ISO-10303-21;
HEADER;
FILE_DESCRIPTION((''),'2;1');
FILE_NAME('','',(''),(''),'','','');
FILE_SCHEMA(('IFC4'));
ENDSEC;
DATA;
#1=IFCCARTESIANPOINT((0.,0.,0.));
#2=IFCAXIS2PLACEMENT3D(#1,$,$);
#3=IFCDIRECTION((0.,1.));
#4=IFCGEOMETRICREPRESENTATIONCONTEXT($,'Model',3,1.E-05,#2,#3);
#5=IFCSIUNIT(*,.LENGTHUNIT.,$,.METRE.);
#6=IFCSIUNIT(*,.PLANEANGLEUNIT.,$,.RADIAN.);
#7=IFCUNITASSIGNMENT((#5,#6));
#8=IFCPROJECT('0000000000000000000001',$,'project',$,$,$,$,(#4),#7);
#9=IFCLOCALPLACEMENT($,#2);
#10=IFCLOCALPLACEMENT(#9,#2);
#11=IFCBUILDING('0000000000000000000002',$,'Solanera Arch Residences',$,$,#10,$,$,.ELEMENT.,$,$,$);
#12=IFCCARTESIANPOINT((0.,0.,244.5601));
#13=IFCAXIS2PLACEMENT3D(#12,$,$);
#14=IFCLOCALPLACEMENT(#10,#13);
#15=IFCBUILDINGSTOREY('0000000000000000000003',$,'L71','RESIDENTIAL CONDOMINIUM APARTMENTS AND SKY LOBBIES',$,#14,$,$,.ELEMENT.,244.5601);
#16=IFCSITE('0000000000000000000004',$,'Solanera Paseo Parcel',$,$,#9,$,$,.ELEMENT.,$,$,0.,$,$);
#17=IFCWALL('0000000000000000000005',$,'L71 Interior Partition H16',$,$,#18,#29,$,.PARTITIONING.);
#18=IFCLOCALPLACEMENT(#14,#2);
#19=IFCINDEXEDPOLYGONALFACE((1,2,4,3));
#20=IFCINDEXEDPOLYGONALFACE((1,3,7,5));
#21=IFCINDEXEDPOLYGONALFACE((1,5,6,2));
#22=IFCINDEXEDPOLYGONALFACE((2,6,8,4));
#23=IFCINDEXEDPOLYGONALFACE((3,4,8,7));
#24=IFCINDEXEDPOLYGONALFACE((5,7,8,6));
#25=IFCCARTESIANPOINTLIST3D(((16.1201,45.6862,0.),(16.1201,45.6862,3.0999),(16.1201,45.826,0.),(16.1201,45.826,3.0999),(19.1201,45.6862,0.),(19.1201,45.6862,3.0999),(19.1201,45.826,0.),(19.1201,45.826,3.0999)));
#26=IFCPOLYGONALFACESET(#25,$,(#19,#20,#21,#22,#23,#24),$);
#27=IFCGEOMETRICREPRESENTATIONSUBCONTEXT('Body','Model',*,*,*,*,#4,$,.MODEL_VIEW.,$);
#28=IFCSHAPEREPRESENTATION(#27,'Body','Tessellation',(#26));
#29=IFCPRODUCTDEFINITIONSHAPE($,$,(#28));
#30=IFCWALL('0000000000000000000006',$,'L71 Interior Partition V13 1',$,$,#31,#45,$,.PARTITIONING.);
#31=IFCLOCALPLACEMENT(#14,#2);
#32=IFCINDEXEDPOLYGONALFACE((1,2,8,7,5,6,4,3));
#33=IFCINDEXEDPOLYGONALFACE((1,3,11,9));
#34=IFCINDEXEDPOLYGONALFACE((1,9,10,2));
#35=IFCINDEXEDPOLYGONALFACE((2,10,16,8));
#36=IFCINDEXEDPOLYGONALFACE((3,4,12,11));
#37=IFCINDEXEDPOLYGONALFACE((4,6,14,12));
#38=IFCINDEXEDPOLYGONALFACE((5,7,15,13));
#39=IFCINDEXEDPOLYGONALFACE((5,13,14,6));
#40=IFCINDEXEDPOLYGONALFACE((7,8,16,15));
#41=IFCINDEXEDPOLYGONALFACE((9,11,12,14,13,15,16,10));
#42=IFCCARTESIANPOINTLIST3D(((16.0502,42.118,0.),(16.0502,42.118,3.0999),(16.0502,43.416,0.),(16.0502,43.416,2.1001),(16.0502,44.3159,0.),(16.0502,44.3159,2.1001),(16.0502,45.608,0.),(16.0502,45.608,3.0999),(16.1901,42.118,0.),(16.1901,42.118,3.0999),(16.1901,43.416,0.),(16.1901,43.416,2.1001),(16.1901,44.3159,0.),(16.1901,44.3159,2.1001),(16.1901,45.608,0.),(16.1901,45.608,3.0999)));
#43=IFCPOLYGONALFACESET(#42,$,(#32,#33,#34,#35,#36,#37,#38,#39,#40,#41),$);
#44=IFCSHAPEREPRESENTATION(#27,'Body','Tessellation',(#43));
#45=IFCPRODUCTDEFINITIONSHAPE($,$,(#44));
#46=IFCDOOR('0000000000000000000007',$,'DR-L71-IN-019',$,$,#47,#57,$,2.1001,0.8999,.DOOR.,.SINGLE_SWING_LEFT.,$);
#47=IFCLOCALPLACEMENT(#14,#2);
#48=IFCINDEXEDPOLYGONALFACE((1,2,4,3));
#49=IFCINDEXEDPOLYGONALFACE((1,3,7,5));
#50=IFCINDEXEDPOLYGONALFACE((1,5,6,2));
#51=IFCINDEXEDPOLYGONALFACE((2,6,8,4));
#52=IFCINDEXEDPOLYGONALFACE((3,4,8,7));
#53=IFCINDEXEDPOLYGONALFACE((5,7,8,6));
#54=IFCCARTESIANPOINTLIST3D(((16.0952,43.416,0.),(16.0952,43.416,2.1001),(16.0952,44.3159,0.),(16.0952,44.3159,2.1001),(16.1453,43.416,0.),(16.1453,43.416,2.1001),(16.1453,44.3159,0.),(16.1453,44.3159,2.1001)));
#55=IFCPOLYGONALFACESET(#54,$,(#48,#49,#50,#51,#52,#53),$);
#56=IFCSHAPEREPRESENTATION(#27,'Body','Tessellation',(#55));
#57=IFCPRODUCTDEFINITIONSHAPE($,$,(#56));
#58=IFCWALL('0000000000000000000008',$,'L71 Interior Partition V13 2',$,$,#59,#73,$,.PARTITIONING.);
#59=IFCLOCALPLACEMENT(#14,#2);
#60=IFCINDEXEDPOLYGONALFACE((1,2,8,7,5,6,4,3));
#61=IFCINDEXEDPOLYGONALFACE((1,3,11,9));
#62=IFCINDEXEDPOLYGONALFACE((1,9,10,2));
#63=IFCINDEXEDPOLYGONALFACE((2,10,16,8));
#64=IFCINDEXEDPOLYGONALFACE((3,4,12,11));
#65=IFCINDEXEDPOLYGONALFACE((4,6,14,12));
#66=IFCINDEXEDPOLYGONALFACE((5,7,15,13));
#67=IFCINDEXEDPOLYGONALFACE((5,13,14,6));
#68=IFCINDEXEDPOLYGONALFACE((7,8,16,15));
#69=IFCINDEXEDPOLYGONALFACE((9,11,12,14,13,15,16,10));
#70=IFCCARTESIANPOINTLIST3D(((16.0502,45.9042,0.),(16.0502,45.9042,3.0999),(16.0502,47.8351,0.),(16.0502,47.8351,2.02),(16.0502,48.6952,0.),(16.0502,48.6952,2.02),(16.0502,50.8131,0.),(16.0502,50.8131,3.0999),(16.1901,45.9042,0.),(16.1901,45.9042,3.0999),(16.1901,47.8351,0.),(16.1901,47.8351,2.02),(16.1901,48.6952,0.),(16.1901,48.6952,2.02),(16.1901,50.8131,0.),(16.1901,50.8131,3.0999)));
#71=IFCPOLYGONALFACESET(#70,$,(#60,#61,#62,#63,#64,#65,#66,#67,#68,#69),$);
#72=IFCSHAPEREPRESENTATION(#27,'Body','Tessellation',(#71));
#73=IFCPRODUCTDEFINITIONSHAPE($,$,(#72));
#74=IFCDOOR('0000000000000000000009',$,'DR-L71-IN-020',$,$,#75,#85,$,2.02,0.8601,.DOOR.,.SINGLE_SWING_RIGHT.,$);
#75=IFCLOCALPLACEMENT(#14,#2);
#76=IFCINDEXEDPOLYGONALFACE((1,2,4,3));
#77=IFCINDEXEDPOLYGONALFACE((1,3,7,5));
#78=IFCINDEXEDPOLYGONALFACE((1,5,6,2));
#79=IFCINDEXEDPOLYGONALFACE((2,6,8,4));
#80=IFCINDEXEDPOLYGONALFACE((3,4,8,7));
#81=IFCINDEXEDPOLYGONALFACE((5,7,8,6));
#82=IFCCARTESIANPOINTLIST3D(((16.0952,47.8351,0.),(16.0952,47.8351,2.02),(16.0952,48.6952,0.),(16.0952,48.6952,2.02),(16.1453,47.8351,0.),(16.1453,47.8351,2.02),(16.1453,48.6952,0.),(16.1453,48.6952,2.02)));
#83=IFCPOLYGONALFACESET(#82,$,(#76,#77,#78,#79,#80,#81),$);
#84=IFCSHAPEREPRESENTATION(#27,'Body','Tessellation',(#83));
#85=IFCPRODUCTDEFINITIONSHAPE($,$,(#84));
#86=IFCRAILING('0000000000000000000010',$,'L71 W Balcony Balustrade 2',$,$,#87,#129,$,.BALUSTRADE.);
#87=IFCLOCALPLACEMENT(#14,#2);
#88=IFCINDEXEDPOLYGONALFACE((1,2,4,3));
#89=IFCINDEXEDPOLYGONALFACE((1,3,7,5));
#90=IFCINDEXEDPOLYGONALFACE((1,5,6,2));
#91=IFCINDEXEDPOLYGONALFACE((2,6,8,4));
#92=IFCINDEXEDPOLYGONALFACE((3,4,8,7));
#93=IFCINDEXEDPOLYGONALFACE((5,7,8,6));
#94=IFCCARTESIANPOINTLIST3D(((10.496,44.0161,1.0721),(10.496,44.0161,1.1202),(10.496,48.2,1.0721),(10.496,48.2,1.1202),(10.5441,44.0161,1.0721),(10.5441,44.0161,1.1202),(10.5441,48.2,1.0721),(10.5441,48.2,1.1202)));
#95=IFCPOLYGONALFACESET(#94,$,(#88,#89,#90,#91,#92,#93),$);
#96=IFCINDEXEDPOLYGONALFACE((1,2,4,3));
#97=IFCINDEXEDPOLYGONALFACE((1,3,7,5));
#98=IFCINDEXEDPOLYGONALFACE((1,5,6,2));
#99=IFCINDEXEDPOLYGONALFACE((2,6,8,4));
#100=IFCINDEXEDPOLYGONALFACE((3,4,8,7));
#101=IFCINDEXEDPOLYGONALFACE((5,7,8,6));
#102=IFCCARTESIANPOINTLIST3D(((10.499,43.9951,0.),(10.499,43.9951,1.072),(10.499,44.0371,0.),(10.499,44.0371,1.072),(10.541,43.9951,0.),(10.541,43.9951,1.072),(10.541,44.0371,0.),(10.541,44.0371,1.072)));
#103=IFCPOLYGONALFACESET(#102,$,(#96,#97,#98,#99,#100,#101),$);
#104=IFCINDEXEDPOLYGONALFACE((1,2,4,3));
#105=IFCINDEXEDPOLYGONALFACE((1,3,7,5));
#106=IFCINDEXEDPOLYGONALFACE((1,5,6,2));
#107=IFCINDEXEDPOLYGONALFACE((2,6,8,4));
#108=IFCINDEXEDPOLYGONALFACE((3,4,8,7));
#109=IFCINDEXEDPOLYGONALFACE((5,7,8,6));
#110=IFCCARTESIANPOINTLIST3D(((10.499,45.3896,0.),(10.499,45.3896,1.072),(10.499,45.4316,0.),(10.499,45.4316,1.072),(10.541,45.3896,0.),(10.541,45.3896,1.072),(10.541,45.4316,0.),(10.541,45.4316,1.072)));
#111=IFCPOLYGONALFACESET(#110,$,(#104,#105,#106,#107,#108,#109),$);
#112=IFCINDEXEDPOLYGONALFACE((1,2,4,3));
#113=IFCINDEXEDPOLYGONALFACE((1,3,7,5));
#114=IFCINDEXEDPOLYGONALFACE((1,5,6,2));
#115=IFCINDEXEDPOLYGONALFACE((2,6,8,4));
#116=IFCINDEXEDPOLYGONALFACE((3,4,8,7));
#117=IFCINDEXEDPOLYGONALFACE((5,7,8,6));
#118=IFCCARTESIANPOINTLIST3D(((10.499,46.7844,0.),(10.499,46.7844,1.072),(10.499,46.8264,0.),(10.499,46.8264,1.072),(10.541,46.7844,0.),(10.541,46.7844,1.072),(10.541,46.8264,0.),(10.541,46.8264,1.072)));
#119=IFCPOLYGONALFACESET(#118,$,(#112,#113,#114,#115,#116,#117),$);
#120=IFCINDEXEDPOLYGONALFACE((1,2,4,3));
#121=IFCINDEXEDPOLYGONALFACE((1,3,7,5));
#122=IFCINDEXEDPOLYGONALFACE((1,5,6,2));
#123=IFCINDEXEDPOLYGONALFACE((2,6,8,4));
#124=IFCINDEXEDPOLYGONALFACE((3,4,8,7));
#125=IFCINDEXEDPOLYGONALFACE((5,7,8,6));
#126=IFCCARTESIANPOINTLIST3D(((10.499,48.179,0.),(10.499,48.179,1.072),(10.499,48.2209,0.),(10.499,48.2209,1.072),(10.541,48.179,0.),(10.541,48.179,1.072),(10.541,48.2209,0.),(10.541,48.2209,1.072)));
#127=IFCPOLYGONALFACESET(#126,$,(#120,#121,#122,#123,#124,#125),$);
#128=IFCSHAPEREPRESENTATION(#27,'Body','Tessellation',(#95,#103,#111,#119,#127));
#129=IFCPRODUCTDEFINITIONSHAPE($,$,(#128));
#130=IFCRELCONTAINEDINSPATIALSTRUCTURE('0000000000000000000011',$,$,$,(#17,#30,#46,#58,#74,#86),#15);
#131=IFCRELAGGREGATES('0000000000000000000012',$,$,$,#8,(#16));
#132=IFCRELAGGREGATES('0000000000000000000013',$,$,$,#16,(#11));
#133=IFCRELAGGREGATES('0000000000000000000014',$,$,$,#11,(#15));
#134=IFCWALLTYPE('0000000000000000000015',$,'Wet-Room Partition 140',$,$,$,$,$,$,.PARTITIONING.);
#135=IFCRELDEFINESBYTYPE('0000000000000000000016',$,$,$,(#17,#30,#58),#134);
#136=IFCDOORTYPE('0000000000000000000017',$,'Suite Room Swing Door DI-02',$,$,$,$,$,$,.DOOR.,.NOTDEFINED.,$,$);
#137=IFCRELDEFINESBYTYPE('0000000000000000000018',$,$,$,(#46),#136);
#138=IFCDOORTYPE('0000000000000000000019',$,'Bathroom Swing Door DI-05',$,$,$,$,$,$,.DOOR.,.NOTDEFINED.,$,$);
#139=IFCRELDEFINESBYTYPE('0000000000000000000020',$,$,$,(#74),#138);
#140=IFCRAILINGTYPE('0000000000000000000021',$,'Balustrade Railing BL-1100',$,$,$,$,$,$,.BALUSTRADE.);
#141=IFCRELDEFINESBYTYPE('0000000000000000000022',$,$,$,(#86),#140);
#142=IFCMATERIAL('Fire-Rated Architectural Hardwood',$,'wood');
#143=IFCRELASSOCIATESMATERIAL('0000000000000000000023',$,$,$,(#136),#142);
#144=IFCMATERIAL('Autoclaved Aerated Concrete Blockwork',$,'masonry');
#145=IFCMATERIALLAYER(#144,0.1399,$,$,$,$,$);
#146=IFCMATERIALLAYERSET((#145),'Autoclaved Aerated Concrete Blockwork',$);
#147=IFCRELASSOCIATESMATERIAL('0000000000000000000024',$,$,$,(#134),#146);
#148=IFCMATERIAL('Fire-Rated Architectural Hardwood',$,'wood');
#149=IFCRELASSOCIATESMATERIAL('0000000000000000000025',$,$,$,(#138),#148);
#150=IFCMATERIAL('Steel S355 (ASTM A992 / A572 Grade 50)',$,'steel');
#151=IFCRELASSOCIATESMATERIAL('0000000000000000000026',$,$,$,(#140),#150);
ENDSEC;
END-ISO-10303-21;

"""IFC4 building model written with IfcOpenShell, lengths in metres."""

from ifc_helpers import new_model, si_unit, direction, frame, frame_2d, origin, origin_2d, place, context, subcontext, project, spatial, rectangle, extrude, material, layer, layer_set, type_object, element, fill, save


model = new_model("IFC4")

# Units and contexts
model_context = context("Model", 3, precision=1e-05, world=origin(), true_north=direction((0.0, 1.0)))
body_context = subcontext(model_context, "Body", "Model", "MODEL_VIEW")
ifc_project = project(units=[si_unit("LENGTHUNIT", "METRE"), si_unit("PLANEANGLEUNIT", "RADIAN")], contexts=[model_context])

# Site, building, storey
site_placement = place(None, origin())
site = spatial("IfcSite", under=ifc_project, at=site_placement, Name="Solanera Paseo Parcel", CompositionType="ELEMENT", RefElevation=0.0)
building_placement = place(site_placement, origin())
building = spatial("IfcBuilding", under=site, at=building_placement, Name="Solanera Arch Residences", CompositionType="ELEMENT")
storey_placement = place(building_placement, frame((0.0, 0.0, 244.5601)))
storey = spatial("IfcBuildingStorey", under=building, at=storey_placement, Name="L71", Description="RESIDENTIAL CONDOMINIUM APARTMENTS AND SKY LOBBIES", CompositionType="ELEMENT", Elevation=244.5601)

# Shared definitions
ifc_material_1 = material(Name="Fire-Rated Architectural Hardwood", Category="wood")
door_type_1 = type_object("IfcDoorType", Name="Suite Room Swing Door DI-02", OperationType="NOTDEFINED", PredefinedType="DOOR", material=ifc_material_1)

# Wall
ifc_material_2 = material(Name="Autoclaved Aerated Concrete Blockwork", Category="masonry")
ifc_layer_1 = layer(ifc_material_2, 0.1399)
ifc_layer_set_1 = layer_set([ifc_layer_1], Name="Autoclaved Aerated Concrete Blockwork")
wall_type_1 = type_object("IfcWallType", Name="Wet-Room Partition 140", PredefinedType="PARTITIONING", material=ifc_layer_set_1)
wall_1_placement = place(storey_placement, frame((16.1201, 45.7561, 0.0), z_axis=(0.0, 0.0, 1.0), x_axis=(1.0, 0.0, 0.0)))
element("IfcWall", 1, at=wall_1_placement, inside=storey, type_object=wall_type_1, Name="L71 Interior Partition H16", PredefinedType="PARTITIONING", context=body_context, shape_type="SweptSolid", body=[
    extrude(rectangle(XDim=3.0, YDim=0.1399, at=frame_2d((1.5, 0.0))), origin(), (0.0, 0.0, 1.0), 3.0999),
])

# Walls, openings, doors
wall_2_placement = place(storey_placement, frame((16.1201, 42.1179, 0.0), z_axis=(0.0, 0.0, 1.0), x_axis=(0.0, 1.0, 0.0)))
wall_2 = element("IfcWall", 2, at=wall_2_placement, inside=storey, type_object=wall_type_1, Name="L71 Interior Partition V13 1", PredefinedType="PARTITIONING", context=body_context, shape_type="SweptSolid", body=[
    extrude(rectangle(XDim=3.49, YDim=0.1399, at=frame_2d((1.7451, 0.0))), origin(), (0.0, 0.0, 1.0), 3.0999),
])
opening_1_placement = place(wall_2_placement, frame((1.2981, 0.0, 0.0)))
opening_1 = element("IfcOpeningElement", 3, at=opening_1_placement, cuts=wall_2, PredefinedType="OPENING", context=body_context, shape_type="SweptSolid", body=[
    extrude(rectangle(XDim=0.8999, YDim=2.1001, at=frame_2d((0.45, 1.05))), frame((0.0, 0.0798, 0.0), z_axis=(0.0, -1.0, 0.0), x_axis=(1.0, 0.0, 0.0)), (0.0, 0.0, 1.0), 0.1599),
])
door_1_placement = place(opening_1_placement, origin())
door_1 = element("IfcDoor", 4, at=door_1_placement, inside=storey, type_object=door_type_1, Name="DR-L71-IN-019", OperationType="SINGLE_SWING_LEFT", OverallHeight=2.1001, OverallWidth=0.8999, PredefinedType="DOOR", context=body_context, shape_type="SweptSolid", body=[
    extrude(rectangle(XDim=0.8999, YDim=2.1001, at=frame_2d((0.45, 1.05))), frame((0.0, 0.0249, 0.0), z_axis=(0.0, -1.0, 0.0), x_axis=(1.0, 0.0, 0.0)), (0.0, 0.0, 1.0), 0.05),
])
fill(opening_1, door_1)
wall_3_placement = place(storey_placement, frame((16.1201, 45.9041, 0.0), z_axis=(0.0, 0.0, 1.0), x_axis=(0.0, 1.0, 0.0)))
wall_3 = element("IfcWall", 5, at=wall_3_placement, inside=storey, type_object=wall_type_1, Name="L71 Interior Partition V13 2", PredefinedType="PARTITIONING", context=body_context, shape_type="SweptSolid", body=[
    extrude(rectangle(XDim=4.9089, YDim=0.1399, at=frame_2d((2.4546, 0.0))), origin(), (0.0, 0.0, 1.0), 3.0999),
])
opening_2_placement = place(wall_3_placement, frame((1.9309, 0.0, 0.0)))
opening_2 = element("IfcOpeningElement", 6, at=opening_2_placement, cuts=wall_3, PredefinedType="OPENING", context=body_context, shape_type="SweptSolid", body=[
    extrude(rectangle(XDim=0.8601, YDim=2.02, at=frame_2d((0.4302, 1.01))), frame((0.0, 0.0798, 0.0), z_axis=(0.0, -1.0, 0.0), x_axis=(1.0, 0.0, 0.0)), (0.0, 0.0, 1.0), 0.1599),
])
ifc_material_3 = material(Name="Fire-Rated Architectural Hardwood", Category="wood")
door_type_2 = type_object("IfcDoorType", Name="Bathroom Swing Door DI-05", OperationType="NOTDEFINED", PredefinedType="DOOR", material=ifc_material_3)
door_2_placement = place(opening_2_placement, origin())
door_2 = element("IfcDoor", 7, at=door_2_placement, inside=storey, type_object=door_type_2, Name="DR-L71-IN-020", OperationType="SINGLE_SWING_RIGHT", OverallHeight=2.02, OverallWidth=0.8601, PredefinedType="DOOR", context=body_context, shape_type="SweptSolid", body=[
    extrude(rectangle(XDim=0.8601, YDim=2.02, at=frame_2d((0.4302, 1.01))), frame((0.0, 0.0249, 0.0), z_axis=(0.0, -1.0, 0.0), x_axis=(1.0, 0.0, 0.0)), (0.0, 0.0, 1.0), 0.05),
])
fill(opening_2, door_2)

# Railing
ifc_material_4 = material(Name="Steel S355 (ASTM A992 / A572 Grade 50)", Category="steel")
railing_type = type_object("IfcRailingType", Name="Balustrade Railing BL-1100", PredefinedType="BALUSTRADE", material=ifc_material_4)
railing_1_placement = place(storey_placement, frame((10.52, 44.0161, 0.0)))
element("IfcRailing", 8, at=railing_1_placement, inside=storey, type_object=railing_type, Name="L71 W Balcony Balustrade 2", PredefinedType="BALUSTRADE", context=body_context, shape_type="SweptSolid", body=[
    extrude(rectangle(XDim=0.0481, YDim=0.0481, at=origin_2d()), frame((0.0, 0.0, 1.0962), z_axis=(0.0, 1.0, 0.0), x_axis=(-1.0, 0.0, 0.0)), (0.0, 0.0, 1.0), 4.1838),
    extrude(rectangle(XDim=0.042, YDim=0.042, at=origin_2d()), origin(), (0.0, 0.0, 1.0), 1.072),
    extrude(rectangle(XDim=0.042, YDim=0.042, at=origin_2d()), frame((0.0, 1.3945, 0.0)), (0.0, 0.0, 1.0), 1.072),
    extrude(rectangle(XDim=0.042, YDim=0.042, at=origin_2d()), frame((0.0, 2.7893, 0.0)), (0.0, 0.0, 1.0), 1.072),
    extrude(rectangle(XDim=0.042, YDim=0.042, at=origin_2d()), frame((0.0, 4.1838, 0.0)), (0.0, 0.0, 1.0), 1.072),
])

save(model, "model.ifc")
